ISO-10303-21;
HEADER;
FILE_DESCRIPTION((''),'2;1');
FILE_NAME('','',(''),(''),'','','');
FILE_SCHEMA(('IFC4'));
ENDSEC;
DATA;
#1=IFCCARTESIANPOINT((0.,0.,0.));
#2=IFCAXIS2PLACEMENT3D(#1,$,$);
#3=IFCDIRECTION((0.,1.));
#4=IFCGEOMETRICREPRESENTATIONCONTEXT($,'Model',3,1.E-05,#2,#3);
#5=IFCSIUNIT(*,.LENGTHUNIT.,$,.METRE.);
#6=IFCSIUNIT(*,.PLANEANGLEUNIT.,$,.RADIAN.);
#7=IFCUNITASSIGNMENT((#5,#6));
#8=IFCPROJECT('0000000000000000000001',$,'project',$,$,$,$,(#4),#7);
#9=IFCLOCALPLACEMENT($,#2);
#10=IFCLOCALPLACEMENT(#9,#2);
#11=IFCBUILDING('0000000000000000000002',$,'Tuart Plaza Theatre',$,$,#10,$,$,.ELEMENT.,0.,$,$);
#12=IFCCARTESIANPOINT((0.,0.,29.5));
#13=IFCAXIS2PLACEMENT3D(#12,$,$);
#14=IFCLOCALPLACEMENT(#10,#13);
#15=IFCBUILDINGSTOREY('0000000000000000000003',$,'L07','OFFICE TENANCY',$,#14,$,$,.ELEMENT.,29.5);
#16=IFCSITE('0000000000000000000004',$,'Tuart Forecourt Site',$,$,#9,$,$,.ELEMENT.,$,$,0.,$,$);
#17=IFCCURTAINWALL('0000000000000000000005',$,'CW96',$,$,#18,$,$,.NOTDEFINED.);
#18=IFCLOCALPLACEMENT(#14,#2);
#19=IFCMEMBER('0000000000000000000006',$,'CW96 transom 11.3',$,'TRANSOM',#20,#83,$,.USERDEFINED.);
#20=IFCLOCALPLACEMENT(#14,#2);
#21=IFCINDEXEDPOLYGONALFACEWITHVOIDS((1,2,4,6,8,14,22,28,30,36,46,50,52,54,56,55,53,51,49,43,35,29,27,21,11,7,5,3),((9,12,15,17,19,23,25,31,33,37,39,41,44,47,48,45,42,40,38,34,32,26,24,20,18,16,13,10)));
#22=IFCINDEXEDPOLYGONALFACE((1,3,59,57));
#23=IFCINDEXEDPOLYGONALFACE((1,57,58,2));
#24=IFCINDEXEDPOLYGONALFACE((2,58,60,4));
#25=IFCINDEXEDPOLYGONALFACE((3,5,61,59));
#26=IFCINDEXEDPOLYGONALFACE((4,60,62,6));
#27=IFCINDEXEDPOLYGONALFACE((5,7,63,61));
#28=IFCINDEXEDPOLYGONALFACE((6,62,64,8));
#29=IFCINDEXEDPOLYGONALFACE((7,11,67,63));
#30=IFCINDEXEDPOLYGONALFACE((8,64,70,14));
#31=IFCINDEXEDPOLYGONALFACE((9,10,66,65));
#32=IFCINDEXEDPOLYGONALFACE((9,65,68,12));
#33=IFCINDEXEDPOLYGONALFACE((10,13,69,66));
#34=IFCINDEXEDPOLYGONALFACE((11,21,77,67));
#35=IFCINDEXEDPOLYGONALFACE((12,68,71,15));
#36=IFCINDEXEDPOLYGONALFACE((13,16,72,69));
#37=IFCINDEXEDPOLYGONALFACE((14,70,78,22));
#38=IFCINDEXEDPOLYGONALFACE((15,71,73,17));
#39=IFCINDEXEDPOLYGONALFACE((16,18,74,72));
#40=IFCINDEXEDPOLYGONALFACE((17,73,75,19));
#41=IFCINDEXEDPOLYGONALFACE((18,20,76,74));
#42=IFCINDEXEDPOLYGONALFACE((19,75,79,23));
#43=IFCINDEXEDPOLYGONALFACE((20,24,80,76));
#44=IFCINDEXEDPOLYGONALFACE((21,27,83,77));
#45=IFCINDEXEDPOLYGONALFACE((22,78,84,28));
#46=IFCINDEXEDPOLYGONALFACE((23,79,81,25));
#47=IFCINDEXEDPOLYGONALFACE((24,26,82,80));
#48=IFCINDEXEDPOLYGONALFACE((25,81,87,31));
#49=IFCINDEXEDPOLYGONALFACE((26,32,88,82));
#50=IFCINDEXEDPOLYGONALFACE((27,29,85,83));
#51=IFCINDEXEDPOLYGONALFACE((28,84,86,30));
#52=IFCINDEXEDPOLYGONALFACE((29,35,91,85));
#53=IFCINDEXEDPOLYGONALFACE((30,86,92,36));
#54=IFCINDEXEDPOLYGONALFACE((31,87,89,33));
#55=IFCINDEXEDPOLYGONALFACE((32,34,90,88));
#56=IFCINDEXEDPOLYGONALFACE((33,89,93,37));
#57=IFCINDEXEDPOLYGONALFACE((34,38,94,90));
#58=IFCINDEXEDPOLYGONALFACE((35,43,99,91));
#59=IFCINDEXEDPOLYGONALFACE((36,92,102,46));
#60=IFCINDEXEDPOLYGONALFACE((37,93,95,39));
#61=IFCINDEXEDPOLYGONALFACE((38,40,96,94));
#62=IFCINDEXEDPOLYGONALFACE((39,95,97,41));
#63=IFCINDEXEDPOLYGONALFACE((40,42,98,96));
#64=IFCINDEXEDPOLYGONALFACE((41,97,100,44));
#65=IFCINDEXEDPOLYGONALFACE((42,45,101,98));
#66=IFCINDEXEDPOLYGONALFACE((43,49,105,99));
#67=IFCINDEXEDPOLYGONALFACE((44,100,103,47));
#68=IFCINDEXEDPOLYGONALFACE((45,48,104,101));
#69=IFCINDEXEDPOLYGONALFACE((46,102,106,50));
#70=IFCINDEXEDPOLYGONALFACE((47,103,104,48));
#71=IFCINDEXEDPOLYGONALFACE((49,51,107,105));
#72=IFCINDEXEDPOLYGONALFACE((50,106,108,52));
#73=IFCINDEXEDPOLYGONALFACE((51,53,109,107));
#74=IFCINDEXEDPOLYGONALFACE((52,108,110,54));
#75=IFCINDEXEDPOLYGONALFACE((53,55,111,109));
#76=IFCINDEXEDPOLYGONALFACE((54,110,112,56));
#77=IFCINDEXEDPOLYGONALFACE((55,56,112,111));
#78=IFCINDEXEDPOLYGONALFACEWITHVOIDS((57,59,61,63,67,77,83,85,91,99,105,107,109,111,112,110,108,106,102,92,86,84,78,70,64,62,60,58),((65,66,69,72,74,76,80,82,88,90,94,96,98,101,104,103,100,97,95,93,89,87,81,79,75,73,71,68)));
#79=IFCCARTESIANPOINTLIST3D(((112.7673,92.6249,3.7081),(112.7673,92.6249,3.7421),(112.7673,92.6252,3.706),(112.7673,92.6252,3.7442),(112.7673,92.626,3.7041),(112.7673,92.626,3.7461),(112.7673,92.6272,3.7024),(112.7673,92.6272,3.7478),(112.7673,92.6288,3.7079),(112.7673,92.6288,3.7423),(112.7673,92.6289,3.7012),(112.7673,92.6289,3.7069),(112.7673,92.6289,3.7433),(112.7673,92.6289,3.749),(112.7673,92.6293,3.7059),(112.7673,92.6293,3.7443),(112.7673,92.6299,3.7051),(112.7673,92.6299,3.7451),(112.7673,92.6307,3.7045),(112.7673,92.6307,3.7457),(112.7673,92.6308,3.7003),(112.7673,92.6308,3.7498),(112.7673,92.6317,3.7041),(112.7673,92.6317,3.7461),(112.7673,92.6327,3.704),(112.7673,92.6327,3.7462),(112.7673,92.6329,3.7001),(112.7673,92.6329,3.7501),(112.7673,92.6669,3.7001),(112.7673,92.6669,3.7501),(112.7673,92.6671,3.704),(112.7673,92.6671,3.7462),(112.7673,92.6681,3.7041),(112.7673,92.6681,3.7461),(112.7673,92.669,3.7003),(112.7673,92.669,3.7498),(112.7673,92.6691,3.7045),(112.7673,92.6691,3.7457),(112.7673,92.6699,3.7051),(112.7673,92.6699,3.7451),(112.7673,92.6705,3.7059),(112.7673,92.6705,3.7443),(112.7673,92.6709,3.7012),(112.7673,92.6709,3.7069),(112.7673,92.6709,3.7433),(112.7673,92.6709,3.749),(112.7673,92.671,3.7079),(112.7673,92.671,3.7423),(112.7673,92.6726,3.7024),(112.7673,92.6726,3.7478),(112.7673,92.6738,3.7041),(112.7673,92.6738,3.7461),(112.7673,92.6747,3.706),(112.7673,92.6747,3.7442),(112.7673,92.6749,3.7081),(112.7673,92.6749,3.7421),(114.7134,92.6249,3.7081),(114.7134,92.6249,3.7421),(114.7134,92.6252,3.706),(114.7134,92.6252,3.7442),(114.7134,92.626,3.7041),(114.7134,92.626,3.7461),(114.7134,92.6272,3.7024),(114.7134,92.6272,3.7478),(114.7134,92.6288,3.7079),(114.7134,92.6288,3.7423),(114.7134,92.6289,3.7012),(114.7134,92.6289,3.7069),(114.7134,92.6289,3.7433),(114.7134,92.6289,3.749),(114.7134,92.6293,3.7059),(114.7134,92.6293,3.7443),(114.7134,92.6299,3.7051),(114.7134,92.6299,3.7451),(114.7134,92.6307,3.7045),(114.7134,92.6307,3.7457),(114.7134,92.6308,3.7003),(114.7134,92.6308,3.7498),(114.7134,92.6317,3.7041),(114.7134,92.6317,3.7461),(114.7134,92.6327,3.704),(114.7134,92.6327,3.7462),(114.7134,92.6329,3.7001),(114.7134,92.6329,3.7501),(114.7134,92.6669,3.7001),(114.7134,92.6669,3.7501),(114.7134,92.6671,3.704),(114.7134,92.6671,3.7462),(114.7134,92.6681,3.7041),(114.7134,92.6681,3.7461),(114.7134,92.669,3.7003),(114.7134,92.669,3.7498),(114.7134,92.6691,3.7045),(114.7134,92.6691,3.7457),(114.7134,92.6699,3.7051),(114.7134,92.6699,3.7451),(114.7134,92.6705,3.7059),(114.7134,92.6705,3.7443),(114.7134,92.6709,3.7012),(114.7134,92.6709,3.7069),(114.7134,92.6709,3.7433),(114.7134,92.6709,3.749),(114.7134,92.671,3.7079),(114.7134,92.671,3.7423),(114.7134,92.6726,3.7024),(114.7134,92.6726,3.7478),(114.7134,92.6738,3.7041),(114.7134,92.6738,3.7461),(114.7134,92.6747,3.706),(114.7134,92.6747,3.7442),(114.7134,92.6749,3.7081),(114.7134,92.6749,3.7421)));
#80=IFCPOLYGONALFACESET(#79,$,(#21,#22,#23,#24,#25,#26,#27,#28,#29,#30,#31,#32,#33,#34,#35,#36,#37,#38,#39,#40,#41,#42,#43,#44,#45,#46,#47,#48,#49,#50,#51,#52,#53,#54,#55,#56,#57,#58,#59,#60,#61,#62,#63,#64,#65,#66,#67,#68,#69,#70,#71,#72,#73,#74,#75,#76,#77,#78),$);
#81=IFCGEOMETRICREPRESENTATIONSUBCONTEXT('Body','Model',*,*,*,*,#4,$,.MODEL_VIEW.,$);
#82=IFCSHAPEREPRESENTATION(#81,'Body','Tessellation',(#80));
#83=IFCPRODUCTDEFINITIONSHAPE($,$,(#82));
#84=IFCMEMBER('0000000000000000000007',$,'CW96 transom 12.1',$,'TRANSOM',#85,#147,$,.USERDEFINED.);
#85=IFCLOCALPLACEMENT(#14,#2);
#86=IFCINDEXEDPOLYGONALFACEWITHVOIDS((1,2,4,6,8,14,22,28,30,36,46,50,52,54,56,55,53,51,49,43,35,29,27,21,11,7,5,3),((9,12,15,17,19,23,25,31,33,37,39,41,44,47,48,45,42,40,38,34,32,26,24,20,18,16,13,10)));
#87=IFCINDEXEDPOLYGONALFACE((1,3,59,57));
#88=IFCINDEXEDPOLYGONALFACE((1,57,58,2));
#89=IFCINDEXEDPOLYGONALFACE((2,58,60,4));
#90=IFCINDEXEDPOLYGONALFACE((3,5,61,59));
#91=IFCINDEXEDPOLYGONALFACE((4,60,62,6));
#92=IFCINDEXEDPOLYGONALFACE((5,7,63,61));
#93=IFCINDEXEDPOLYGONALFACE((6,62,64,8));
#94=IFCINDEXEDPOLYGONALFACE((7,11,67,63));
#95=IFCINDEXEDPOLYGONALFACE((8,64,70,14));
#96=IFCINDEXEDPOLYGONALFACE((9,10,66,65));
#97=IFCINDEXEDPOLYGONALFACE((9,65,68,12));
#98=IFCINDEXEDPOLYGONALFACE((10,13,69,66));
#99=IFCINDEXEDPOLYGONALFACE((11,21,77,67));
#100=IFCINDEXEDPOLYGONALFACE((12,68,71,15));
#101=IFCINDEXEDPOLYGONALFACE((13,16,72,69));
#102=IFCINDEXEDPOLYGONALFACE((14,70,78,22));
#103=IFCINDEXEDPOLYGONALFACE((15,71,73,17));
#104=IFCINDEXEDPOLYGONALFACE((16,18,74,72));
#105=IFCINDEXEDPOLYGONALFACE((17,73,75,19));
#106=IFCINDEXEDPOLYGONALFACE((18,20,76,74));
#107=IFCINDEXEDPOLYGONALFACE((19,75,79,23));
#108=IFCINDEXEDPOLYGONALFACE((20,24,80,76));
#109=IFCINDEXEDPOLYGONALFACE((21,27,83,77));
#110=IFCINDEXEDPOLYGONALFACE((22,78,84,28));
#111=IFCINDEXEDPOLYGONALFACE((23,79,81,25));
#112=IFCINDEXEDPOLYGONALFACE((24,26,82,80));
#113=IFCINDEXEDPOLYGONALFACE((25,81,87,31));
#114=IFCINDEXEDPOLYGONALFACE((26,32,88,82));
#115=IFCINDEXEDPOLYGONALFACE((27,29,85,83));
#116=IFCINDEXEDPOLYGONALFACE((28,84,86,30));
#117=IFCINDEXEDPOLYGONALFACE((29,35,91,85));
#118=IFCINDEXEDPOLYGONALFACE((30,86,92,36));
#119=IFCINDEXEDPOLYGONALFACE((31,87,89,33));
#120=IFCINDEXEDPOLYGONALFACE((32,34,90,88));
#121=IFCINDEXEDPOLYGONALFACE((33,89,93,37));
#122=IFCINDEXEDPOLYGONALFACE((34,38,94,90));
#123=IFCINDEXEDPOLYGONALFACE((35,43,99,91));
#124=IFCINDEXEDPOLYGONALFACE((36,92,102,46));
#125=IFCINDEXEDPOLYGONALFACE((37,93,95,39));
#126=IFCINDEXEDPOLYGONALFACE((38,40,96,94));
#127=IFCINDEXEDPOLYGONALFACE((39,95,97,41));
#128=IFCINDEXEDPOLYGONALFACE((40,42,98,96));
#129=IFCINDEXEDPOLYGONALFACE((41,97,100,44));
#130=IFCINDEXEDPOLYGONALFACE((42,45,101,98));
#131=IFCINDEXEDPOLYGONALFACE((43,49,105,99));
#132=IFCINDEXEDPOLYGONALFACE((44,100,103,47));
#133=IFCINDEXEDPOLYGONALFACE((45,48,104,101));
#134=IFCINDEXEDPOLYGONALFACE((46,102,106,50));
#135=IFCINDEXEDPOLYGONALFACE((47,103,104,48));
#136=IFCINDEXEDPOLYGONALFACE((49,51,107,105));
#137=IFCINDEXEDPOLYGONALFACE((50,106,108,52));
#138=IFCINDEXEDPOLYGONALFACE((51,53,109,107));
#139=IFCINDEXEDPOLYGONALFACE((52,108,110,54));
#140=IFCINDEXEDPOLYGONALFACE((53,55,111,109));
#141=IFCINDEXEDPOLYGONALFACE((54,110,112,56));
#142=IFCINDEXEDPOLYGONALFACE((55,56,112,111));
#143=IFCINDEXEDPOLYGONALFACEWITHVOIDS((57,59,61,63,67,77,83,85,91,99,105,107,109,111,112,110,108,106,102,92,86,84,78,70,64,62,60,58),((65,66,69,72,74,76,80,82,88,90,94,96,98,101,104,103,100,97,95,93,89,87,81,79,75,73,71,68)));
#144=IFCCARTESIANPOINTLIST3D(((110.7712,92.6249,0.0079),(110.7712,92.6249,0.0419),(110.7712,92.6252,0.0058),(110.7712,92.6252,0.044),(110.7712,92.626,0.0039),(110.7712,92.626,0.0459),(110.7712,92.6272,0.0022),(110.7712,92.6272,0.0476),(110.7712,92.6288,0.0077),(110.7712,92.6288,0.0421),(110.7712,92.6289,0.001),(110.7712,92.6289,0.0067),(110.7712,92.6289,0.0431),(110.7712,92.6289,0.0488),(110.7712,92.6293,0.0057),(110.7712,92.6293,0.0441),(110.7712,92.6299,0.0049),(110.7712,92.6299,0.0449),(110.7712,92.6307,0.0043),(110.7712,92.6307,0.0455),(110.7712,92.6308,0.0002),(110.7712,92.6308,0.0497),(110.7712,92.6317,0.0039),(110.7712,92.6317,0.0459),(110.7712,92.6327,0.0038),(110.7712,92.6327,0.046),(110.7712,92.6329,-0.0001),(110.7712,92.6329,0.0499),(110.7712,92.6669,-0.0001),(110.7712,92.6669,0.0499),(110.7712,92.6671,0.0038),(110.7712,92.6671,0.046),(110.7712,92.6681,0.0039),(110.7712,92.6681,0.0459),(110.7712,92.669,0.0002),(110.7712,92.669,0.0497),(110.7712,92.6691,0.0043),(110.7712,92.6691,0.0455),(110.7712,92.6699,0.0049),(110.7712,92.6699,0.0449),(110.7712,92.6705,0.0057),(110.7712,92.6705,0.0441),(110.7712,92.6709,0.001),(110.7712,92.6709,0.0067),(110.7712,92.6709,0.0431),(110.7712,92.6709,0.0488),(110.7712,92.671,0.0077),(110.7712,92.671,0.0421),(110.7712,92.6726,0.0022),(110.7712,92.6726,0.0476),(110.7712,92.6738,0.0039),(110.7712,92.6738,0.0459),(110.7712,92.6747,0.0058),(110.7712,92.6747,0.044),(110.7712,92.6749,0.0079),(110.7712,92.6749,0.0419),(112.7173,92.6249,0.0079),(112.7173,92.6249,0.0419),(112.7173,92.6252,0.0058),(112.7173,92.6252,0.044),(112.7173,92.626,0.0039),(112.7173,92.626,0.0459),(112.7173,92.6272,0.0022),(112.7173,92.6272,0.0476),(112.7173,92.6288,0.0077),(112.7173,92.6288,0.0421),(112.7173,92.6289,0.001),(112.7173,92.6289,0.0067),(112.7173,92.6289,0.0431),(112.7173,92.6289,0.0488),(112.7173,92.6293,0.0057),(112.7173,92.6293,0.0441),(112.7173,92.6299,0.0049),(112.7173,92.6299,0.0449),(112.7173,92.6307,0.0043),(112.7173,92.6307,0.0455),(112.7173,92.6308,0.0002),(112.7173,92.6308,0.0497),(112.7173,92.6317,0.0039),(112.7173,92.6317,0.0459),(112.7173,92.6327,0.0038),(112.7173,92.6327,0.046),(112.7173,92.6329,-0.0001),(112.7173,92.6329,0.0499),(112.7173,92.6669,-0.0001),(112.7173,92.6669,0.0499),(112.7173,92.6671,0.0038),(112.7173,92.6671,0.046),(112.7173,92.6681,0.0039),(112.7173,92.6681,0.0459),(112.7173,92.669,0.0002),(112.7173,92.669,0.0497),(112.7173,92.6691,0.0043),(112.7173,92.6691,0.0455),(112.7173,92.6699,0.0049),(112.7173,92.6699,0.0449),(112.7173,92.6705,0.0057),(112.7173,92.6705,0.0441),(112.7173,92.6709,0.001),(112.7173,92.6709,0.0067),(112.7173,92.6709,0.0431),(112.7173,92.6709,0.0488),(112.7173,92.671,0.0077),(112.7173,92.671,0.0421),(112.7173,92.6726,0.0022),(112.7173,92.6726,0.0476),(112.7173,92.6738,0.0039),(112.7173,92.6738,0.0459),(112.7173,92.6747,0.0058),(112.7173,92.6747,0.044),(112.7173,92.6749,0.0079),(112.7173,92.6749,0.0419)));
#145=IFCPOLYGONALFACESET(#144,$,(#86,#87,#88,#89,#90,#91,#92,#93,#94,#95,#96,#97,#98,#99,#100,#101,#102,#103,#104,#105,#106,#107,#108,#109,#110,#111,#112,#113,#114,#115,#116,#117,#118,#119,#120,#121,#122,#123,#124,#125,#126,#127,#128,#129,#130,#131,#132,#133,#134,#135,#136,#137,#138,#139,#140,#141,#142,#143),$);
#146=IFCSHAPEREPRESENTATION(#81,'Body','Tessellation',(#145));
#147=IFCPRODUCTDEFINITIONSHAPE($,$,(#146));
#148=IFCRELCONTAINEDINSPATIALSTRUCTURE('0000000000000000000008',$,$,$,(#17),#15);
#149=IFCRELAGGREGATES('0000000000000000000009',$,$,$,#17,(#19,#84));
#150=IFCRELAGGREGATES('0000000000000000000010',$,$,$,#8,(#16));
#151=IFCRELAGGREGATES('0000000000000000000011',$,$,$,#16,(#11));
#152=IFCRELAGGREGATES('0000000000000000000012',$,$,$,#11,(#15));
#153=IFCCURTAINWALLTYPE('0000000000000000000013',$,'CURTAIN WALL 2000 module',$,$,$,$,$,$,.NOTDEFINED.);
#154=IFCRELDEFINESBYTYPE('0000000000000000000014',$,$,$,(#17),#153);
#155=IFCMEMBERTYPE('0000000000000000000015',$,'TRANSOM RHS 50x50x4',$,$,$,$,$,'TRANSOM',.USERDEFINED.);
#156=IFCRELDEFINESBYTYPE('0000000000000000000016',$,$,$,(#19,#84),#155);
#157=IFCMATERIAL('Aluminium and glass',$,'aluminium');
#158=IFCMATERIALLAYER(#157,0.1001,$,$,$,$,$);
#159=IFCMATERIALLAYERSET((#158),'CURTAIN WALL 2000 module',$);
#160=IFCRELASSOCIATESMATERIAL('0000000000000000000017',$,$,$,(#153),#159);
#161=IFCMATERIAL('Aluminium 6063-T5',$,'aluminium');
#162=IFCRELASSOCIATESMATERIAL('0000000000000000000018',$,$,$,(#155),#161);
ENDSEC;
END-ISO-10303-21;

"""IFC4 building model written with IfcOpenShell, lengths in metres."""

from ifc_helpers import new_model, si_unit, direction, frame, origin, origin_2d, place, context, subcontext, project, spatial, hollow_rectangle, extrude, material, layer, layer_set, material_profile, profile_set, type_object, element, aggregate, save


model = new_model("IFC4")

# Units and contexts
model_context = context("Model", 3, precision=1e-05, world=origin(), true_north=direction((0.0, 1.0)))
body_context = subcontext(model_context, "Body", "Model", "MODEL_VIEW")
ifc_project = project(units=[si_unit("LENGTHUNIT", "METRE"), si_unit("PLANEANGLEUNIT", "RADIAN")], contexts=[model_context])

# Site, building, storey
site_placement = place(None, origin())
site = spatial("IfcSite", under=ifc_project, at=site_placement, Name="Tuart Forecourt Site", CompositionType="ELEMENT", RefElevation=0.0)
building_placement = place(site_placement, origin())
building = spatial("IfcBuilding", under=site, at=building_placement, Name="Tuart Plaza Theatre", CompositionType="ELEMENT", ElevationOfRefHeight=0.0)
storey_placement = place(building_placement, frame((0.0, 0.0, 29.5)))
storey = spatial("IfcBuildingStorey", under=building, at=storey_placement, Name="L07", Description="OFFICE TENANCY", CompositionType="ELEMENT", Elevation=29.5)

# Curtain wall, members
ifc_material_1 = material(Name="Aluminium and glass", Category="aluminium")
ifc_layer_1 = layer(ifc_material_1, 0.1001)
ifc_layer_set_1 = layer_set([ifc_layer_1], Name="CURTAIN WALL 2000 module")
curtain_wall_type = type_object("IfcCurtainWallType", Name="CURTAIN WALL 2000 module", PredefinedType="NOTDEFINED", material=ifc_layer_set_1)
curtain_wall_placement = place(storey_placement, origin())
curtain_wall = element("IfcCurtainWall", 1, at=curtain_wall_placement, inside=storey, type_object=curtain_wall_type, Name="CW96", PredefinedType="NOTDEFINED")
ifc_material_2 = material(Name="Aluminium 6063-T5", Category="aluminium")
ifc_material_profile_1 = material_profile(ifc_material_2, hollow_rectangle(XDim=0.05, YDim=0.05, WallThickness=0.0039, InnerFilletRadius=0.0039, OuterFilletRadius=0.0081, at=origin_2d()), Name="RHS 50x50x4")
ifc_profile_set_1 = profile_set([ifc_material_profile_1], Name="Aluminium 6063-T5")
member_type_1 = type_object("IfcMemberType", Name="TRANSOM RHS 50x50x4", ElementType="TRANSOM", PredefinedType="USERDEFINED", material=ifc_profile_set_1)
member_1_placement = place(storey_placement, frame((114.7134, 92.6499, 3.7251), z_axis=(-1.0, 0.0, 0.0), x_axis=(0.0, -1.0, 0.0)))
member_1 = element("IfcMember", 2, at=member_1_placement, type_object=member_type_1, Name="CW96 transom 11.3", ObjectType="TRANSOM", PredefinedType="USERDEFINED", context=body_context, shape_type="SweptSolid", body=[
    extrude(hollow_rectangle(XDim=0.05, YDim=0.05, WallThickness=0.0039, InnerFilletRadius=0.0039, OuterFilletRadius=0.0081, at=origin_2d()), origin(), (0.0, 0.0, 1.0), 1.946),
])
member_2_placement = place(storey_placement, frame((112.7173, 92.6499, 0.0249), z_axis=(-1.0, 0.0, 0.0), x_axis=(0.0, -1.0, 0.0)))
member_2 = element("IfcMember", 3, at=member_2_placement, type_object=member_type_1, Name="CW96 transom 12.1", ObjectType="TRANSOM", PredefinedType="USERDEFINED", context=body_context, shape_type="SweptSolid", body=[
    extrude(hollow_rectangle(XDim=0.05, YDim=0.05, WallThickness=0.0039, InnerFilletRadius=0.0039, OuterFilletRadius=0.0081, at=origin_2d()), origin(), (0.0, 0.0, 1.0), 1.946),
])
aggregate(curtain_wall, [member_1, member_2])

save(model, "model.ifc")
